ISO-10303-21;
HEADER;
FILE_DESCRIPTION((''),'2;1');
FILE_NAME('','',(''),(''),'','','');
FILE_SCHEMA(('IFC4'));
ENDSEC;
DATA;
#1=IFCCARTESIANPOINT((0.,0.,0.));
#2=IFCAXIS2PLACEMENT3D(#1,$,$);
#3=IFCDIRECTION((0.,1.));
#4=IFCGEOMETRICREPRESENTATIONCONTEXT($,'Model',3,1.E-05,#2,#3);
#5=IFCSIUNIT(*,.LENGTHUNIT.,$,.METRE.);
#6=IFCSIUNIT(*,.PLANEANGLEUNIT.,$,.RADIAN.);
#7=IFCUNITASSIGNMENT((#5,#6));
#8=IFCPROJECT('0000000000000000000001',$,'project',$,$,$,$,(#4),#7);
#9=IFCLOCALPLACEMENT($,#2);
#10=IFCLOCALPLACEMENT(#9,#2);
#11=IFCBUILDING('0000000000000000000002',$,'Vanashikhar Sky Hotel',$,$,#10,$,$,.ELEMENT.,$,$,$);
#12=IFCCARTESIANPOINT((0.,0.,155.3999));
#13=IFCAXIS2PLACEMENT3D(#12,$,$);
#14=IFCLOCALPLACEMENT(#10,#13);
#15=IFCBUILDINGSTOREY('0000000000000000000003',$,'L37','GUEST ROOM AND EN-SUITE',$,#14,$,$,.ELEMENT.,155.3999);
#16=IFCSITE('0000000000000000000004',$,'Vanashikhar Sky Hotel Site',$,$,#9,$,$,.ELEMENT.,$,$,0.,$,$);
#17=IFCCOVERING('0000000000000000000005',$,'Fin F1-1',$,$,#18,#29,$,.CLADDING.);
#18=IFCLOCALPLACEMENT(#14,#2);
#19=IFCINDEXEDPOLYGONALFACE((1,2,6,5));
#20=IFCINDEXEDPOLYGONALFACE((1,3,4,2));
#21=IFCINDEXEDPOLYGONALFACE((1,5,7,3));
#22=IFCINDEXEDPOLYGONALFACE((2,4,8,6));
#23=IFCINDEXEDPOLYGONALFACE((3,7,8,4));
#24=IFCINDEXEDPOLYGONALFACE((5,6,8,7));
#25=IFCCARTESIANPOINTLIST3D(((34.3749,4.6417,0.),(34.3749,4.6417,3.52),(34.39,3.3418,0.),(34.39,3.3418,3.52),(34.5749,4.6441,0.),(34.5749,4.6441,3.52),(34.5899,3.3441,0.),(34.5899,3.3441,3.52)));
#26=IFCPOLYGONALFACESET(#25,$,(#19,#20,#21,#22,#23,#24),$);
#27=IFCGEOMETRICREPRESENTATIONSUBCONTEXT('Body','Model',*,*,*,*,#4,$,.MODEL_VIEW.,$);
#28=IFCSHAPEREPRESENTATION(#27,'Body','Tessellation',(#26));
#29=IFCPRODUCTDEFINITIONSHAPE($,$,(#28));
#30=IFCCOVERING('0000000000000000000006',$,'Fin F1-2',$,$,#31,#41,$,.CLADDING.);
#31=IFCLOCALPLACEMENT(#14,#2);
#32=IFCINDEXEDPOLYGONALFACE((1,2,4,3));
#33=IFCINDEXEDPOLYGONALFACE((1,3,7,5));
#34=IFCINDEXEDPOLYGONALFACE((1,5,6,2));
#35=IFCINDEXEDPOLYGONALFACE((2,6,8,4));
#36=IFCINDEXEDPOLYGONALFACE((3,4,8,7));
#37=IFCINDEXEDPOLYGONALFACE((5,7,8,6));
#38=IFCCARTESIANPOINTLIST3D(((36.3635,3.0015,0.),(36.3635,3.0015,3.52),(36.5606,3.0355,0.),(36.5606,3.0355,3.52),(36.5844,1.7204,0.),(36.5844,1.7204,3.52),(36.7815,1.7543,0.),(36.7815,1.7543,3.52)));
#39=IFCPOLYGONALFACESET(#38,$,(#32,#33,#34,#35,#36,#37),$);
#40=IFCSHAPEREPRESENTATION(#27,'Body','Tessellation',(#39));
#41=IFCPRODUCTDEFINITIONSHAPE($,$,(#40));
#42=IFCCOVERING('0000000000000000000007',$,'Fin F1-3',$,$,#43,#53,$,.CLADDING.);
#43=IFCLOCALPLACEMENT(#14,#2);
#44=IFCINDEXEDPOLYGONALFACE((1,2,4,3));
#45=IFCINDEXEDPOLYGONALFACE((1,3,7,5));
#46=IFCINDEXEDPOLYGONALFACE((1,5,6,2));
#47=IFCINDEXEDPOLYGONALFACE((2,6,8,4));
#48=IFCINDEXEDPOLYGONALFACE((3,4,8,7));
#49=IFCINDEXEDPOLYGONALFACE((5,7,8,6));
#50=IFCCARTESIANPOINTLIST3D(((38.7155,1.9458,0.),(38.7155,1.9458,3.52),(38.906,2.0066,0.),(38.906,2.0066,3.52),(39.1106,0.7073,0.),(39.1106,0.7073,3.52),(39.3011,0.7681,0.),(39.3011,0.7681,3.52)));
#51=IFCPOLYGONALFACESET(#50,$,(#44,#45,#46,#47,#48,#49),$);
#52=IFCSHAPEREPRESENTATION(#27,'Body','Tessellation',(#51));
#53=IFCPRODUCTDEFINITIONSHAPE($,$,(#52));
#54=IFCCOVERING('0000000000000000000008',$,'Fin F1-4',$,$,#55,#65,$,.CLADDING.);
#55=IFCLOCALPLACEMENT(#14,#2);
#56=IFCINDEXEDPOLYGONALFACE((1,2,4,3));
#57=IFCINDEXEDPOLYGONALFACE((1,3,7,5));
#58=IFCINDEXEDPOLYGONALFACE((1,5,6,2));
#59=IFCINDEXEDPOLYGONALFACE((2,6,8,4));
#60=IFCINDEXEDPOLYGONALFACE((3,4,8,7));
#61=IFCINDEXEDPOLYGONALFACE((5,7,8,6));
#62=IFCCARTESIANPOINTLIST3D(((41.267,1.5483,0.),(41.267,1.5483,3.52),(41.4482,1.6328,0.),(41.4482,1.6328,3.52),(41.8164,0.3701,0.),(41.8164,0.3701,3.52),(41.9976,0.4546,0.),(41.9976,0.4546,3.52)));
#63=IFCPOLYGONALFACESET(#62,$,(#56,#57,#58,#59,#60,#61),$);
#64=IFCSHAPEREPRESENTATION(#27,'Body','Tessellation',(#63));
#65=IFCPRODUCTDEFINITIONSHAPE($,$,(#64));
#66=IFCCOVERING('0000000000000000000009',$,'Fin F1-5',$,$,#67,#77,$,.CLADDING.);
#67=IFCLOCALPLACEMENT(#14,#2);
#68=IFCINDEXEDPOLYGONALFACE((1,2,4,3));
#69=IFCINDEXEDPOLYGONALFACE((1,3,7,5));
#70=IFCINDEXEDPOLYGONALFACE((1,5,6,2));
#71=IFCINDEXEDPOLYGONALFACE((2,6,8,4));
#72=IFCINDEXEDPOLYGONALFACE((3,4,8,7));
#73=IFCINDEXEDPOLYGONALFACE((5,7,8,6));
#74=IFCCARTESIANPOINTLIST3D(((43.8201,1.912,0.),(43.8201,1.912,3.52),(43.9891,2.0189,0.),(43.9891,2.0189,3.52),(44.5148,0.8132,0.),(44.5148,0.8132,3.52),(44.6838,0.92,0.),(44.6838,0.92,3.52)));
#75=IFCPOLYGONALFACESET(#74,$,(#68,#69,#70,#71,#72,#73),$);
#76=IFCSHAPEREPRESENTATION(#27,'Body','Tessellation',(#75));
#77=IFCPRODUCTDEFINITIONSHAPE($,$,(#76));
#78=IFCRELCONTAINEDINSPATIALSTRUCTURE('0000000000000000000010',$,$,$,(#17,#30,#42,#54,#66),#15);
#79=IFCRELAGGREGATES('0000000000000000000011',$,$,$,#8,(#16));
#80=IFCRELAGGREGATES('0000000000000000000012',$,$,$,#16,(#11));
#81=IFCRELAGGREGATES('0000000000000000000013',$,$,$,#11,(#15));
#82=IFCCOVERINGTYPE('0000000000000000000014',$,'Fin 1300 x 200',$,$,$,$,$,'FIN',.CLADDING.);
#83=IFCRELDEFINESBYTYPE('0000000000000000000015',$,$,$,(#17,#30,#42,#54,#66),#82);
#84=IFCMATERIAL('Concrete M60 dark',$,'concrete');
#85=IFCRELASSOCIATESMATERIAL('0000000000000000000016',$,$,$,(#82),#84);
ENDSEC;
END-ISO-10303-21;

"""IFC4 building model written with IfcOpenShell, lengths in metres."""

from ifc_helpers import new_model, si_unit, direction, frame, origin, origin_2d, place, context, subcontext, project, spatial, rectangle, extrude, source, transform, mapped, material, material_profile, profile_set, type_object, element, save


model = new_model("IFC4")

# Units and contexts
model_context = context("Model", 3, precision=1e-05, world=origin(), true_north=direction((0.0, 1.0)))
body_context = subcontext(model_context, "Body", "Model", "MODEL_VIEW")
ifc_project = project(units=[si_unit("LENGTHUNIT", "METRE"), si_unit("PLANEANGLEUNIT", "RADIAN")], contexts=[model_context])

# Site, building, storey
site_placement = place(None, origin())
site = spatial("IfcSite", under=ifc_project, at=site_placement, Name="Vanashikhar Sky Hotel Site", CompositionType="ELEMENT", RefElevation=0.0)
building_placement = place(site_placement, origin())
building = spatial("IfcBuilding", under=site, at=building_placement, Name="Vanashikhar Sky Hotel", CompositionType="ELEMENT")
storey_placement = place(building_placement, frame((0.0, 0.0, 155.3999)))
storey = spatial("IfcBuildingStorey", under=building, at=storey_placement, Name="L37", Description="GUEST ROOM AND EN-SUITE", CompositionType="ELEMENT", Elevation=155.3999)

# Coverings
ifc_material_1 = material(Name="Concrete M60 dark", Category="concrete")
ifc_material_profile_1 = material_profile(ifc_material_1, rectangle(XDim=1.3, YDim=0.2, at=origin_2d()))
ifc_profile_set_1 = profile_set([ifc_material_profile_1], Name="Fin 1300 x 200")
covering_type_1 = type_object("IfcCoveringType", Name="Fin 1300 x 200", ElementType="FIN", PredefinedType="CLADDING", material=ifc_profile_set_1)
shared_shape_1 = source(origin(), body_context, "Body", "SweptSolid", [
    extrude(rectangle(XDim=1.3, YDim=0.2, at=origin_2d()), origin(), (0.0, 0.0, 1.0), 3.52),
])
for number, where, z_axis, x_axis, name in (
    (1, (34.4824, 3.9929, 0.0), (0.0, 0.0, 1.0), (0.011589, -0.999933, 0.0), "Fin F1-1"),
    (2, (36.5725, 2.3779, 0.0), (0.0, 0.0, 1.0), (0.1699, -0.985461, 0.0), "Fin F1-2"),
    (3, (39.0083, 1.3569, 0.0), (0.0, 0.0, 1.0), (0.303967, -0.952683, 0.0), "Fin F1-3"),
    (4, (41.6323, 1.0015, 0.0), (0.0, 0.0, 1.0), (0.422618, -0.906308, 0.0), "Fin F1-4"),
    (5, (44.252, 1.416, 0.0), (0.0, 0.0, 1.0), (0.534411, -0.845225, 0.0), "Fin F1-5"),
):
    element("IfcCovering", number, at=place(storey_placement, frame(where, z_axis=z_axis, x_axis=x_axis)), inside=storey, type_object=covering_type_1, Name=name, PredefinedType="CLADDING", context=body_context, shape_type="MappedRepresentation", body=[
        mapped(shared_shape_1, transform((0.0, 0.0, 0.0), scale=1.0)),
    ])

save(model, "model.ifc")
